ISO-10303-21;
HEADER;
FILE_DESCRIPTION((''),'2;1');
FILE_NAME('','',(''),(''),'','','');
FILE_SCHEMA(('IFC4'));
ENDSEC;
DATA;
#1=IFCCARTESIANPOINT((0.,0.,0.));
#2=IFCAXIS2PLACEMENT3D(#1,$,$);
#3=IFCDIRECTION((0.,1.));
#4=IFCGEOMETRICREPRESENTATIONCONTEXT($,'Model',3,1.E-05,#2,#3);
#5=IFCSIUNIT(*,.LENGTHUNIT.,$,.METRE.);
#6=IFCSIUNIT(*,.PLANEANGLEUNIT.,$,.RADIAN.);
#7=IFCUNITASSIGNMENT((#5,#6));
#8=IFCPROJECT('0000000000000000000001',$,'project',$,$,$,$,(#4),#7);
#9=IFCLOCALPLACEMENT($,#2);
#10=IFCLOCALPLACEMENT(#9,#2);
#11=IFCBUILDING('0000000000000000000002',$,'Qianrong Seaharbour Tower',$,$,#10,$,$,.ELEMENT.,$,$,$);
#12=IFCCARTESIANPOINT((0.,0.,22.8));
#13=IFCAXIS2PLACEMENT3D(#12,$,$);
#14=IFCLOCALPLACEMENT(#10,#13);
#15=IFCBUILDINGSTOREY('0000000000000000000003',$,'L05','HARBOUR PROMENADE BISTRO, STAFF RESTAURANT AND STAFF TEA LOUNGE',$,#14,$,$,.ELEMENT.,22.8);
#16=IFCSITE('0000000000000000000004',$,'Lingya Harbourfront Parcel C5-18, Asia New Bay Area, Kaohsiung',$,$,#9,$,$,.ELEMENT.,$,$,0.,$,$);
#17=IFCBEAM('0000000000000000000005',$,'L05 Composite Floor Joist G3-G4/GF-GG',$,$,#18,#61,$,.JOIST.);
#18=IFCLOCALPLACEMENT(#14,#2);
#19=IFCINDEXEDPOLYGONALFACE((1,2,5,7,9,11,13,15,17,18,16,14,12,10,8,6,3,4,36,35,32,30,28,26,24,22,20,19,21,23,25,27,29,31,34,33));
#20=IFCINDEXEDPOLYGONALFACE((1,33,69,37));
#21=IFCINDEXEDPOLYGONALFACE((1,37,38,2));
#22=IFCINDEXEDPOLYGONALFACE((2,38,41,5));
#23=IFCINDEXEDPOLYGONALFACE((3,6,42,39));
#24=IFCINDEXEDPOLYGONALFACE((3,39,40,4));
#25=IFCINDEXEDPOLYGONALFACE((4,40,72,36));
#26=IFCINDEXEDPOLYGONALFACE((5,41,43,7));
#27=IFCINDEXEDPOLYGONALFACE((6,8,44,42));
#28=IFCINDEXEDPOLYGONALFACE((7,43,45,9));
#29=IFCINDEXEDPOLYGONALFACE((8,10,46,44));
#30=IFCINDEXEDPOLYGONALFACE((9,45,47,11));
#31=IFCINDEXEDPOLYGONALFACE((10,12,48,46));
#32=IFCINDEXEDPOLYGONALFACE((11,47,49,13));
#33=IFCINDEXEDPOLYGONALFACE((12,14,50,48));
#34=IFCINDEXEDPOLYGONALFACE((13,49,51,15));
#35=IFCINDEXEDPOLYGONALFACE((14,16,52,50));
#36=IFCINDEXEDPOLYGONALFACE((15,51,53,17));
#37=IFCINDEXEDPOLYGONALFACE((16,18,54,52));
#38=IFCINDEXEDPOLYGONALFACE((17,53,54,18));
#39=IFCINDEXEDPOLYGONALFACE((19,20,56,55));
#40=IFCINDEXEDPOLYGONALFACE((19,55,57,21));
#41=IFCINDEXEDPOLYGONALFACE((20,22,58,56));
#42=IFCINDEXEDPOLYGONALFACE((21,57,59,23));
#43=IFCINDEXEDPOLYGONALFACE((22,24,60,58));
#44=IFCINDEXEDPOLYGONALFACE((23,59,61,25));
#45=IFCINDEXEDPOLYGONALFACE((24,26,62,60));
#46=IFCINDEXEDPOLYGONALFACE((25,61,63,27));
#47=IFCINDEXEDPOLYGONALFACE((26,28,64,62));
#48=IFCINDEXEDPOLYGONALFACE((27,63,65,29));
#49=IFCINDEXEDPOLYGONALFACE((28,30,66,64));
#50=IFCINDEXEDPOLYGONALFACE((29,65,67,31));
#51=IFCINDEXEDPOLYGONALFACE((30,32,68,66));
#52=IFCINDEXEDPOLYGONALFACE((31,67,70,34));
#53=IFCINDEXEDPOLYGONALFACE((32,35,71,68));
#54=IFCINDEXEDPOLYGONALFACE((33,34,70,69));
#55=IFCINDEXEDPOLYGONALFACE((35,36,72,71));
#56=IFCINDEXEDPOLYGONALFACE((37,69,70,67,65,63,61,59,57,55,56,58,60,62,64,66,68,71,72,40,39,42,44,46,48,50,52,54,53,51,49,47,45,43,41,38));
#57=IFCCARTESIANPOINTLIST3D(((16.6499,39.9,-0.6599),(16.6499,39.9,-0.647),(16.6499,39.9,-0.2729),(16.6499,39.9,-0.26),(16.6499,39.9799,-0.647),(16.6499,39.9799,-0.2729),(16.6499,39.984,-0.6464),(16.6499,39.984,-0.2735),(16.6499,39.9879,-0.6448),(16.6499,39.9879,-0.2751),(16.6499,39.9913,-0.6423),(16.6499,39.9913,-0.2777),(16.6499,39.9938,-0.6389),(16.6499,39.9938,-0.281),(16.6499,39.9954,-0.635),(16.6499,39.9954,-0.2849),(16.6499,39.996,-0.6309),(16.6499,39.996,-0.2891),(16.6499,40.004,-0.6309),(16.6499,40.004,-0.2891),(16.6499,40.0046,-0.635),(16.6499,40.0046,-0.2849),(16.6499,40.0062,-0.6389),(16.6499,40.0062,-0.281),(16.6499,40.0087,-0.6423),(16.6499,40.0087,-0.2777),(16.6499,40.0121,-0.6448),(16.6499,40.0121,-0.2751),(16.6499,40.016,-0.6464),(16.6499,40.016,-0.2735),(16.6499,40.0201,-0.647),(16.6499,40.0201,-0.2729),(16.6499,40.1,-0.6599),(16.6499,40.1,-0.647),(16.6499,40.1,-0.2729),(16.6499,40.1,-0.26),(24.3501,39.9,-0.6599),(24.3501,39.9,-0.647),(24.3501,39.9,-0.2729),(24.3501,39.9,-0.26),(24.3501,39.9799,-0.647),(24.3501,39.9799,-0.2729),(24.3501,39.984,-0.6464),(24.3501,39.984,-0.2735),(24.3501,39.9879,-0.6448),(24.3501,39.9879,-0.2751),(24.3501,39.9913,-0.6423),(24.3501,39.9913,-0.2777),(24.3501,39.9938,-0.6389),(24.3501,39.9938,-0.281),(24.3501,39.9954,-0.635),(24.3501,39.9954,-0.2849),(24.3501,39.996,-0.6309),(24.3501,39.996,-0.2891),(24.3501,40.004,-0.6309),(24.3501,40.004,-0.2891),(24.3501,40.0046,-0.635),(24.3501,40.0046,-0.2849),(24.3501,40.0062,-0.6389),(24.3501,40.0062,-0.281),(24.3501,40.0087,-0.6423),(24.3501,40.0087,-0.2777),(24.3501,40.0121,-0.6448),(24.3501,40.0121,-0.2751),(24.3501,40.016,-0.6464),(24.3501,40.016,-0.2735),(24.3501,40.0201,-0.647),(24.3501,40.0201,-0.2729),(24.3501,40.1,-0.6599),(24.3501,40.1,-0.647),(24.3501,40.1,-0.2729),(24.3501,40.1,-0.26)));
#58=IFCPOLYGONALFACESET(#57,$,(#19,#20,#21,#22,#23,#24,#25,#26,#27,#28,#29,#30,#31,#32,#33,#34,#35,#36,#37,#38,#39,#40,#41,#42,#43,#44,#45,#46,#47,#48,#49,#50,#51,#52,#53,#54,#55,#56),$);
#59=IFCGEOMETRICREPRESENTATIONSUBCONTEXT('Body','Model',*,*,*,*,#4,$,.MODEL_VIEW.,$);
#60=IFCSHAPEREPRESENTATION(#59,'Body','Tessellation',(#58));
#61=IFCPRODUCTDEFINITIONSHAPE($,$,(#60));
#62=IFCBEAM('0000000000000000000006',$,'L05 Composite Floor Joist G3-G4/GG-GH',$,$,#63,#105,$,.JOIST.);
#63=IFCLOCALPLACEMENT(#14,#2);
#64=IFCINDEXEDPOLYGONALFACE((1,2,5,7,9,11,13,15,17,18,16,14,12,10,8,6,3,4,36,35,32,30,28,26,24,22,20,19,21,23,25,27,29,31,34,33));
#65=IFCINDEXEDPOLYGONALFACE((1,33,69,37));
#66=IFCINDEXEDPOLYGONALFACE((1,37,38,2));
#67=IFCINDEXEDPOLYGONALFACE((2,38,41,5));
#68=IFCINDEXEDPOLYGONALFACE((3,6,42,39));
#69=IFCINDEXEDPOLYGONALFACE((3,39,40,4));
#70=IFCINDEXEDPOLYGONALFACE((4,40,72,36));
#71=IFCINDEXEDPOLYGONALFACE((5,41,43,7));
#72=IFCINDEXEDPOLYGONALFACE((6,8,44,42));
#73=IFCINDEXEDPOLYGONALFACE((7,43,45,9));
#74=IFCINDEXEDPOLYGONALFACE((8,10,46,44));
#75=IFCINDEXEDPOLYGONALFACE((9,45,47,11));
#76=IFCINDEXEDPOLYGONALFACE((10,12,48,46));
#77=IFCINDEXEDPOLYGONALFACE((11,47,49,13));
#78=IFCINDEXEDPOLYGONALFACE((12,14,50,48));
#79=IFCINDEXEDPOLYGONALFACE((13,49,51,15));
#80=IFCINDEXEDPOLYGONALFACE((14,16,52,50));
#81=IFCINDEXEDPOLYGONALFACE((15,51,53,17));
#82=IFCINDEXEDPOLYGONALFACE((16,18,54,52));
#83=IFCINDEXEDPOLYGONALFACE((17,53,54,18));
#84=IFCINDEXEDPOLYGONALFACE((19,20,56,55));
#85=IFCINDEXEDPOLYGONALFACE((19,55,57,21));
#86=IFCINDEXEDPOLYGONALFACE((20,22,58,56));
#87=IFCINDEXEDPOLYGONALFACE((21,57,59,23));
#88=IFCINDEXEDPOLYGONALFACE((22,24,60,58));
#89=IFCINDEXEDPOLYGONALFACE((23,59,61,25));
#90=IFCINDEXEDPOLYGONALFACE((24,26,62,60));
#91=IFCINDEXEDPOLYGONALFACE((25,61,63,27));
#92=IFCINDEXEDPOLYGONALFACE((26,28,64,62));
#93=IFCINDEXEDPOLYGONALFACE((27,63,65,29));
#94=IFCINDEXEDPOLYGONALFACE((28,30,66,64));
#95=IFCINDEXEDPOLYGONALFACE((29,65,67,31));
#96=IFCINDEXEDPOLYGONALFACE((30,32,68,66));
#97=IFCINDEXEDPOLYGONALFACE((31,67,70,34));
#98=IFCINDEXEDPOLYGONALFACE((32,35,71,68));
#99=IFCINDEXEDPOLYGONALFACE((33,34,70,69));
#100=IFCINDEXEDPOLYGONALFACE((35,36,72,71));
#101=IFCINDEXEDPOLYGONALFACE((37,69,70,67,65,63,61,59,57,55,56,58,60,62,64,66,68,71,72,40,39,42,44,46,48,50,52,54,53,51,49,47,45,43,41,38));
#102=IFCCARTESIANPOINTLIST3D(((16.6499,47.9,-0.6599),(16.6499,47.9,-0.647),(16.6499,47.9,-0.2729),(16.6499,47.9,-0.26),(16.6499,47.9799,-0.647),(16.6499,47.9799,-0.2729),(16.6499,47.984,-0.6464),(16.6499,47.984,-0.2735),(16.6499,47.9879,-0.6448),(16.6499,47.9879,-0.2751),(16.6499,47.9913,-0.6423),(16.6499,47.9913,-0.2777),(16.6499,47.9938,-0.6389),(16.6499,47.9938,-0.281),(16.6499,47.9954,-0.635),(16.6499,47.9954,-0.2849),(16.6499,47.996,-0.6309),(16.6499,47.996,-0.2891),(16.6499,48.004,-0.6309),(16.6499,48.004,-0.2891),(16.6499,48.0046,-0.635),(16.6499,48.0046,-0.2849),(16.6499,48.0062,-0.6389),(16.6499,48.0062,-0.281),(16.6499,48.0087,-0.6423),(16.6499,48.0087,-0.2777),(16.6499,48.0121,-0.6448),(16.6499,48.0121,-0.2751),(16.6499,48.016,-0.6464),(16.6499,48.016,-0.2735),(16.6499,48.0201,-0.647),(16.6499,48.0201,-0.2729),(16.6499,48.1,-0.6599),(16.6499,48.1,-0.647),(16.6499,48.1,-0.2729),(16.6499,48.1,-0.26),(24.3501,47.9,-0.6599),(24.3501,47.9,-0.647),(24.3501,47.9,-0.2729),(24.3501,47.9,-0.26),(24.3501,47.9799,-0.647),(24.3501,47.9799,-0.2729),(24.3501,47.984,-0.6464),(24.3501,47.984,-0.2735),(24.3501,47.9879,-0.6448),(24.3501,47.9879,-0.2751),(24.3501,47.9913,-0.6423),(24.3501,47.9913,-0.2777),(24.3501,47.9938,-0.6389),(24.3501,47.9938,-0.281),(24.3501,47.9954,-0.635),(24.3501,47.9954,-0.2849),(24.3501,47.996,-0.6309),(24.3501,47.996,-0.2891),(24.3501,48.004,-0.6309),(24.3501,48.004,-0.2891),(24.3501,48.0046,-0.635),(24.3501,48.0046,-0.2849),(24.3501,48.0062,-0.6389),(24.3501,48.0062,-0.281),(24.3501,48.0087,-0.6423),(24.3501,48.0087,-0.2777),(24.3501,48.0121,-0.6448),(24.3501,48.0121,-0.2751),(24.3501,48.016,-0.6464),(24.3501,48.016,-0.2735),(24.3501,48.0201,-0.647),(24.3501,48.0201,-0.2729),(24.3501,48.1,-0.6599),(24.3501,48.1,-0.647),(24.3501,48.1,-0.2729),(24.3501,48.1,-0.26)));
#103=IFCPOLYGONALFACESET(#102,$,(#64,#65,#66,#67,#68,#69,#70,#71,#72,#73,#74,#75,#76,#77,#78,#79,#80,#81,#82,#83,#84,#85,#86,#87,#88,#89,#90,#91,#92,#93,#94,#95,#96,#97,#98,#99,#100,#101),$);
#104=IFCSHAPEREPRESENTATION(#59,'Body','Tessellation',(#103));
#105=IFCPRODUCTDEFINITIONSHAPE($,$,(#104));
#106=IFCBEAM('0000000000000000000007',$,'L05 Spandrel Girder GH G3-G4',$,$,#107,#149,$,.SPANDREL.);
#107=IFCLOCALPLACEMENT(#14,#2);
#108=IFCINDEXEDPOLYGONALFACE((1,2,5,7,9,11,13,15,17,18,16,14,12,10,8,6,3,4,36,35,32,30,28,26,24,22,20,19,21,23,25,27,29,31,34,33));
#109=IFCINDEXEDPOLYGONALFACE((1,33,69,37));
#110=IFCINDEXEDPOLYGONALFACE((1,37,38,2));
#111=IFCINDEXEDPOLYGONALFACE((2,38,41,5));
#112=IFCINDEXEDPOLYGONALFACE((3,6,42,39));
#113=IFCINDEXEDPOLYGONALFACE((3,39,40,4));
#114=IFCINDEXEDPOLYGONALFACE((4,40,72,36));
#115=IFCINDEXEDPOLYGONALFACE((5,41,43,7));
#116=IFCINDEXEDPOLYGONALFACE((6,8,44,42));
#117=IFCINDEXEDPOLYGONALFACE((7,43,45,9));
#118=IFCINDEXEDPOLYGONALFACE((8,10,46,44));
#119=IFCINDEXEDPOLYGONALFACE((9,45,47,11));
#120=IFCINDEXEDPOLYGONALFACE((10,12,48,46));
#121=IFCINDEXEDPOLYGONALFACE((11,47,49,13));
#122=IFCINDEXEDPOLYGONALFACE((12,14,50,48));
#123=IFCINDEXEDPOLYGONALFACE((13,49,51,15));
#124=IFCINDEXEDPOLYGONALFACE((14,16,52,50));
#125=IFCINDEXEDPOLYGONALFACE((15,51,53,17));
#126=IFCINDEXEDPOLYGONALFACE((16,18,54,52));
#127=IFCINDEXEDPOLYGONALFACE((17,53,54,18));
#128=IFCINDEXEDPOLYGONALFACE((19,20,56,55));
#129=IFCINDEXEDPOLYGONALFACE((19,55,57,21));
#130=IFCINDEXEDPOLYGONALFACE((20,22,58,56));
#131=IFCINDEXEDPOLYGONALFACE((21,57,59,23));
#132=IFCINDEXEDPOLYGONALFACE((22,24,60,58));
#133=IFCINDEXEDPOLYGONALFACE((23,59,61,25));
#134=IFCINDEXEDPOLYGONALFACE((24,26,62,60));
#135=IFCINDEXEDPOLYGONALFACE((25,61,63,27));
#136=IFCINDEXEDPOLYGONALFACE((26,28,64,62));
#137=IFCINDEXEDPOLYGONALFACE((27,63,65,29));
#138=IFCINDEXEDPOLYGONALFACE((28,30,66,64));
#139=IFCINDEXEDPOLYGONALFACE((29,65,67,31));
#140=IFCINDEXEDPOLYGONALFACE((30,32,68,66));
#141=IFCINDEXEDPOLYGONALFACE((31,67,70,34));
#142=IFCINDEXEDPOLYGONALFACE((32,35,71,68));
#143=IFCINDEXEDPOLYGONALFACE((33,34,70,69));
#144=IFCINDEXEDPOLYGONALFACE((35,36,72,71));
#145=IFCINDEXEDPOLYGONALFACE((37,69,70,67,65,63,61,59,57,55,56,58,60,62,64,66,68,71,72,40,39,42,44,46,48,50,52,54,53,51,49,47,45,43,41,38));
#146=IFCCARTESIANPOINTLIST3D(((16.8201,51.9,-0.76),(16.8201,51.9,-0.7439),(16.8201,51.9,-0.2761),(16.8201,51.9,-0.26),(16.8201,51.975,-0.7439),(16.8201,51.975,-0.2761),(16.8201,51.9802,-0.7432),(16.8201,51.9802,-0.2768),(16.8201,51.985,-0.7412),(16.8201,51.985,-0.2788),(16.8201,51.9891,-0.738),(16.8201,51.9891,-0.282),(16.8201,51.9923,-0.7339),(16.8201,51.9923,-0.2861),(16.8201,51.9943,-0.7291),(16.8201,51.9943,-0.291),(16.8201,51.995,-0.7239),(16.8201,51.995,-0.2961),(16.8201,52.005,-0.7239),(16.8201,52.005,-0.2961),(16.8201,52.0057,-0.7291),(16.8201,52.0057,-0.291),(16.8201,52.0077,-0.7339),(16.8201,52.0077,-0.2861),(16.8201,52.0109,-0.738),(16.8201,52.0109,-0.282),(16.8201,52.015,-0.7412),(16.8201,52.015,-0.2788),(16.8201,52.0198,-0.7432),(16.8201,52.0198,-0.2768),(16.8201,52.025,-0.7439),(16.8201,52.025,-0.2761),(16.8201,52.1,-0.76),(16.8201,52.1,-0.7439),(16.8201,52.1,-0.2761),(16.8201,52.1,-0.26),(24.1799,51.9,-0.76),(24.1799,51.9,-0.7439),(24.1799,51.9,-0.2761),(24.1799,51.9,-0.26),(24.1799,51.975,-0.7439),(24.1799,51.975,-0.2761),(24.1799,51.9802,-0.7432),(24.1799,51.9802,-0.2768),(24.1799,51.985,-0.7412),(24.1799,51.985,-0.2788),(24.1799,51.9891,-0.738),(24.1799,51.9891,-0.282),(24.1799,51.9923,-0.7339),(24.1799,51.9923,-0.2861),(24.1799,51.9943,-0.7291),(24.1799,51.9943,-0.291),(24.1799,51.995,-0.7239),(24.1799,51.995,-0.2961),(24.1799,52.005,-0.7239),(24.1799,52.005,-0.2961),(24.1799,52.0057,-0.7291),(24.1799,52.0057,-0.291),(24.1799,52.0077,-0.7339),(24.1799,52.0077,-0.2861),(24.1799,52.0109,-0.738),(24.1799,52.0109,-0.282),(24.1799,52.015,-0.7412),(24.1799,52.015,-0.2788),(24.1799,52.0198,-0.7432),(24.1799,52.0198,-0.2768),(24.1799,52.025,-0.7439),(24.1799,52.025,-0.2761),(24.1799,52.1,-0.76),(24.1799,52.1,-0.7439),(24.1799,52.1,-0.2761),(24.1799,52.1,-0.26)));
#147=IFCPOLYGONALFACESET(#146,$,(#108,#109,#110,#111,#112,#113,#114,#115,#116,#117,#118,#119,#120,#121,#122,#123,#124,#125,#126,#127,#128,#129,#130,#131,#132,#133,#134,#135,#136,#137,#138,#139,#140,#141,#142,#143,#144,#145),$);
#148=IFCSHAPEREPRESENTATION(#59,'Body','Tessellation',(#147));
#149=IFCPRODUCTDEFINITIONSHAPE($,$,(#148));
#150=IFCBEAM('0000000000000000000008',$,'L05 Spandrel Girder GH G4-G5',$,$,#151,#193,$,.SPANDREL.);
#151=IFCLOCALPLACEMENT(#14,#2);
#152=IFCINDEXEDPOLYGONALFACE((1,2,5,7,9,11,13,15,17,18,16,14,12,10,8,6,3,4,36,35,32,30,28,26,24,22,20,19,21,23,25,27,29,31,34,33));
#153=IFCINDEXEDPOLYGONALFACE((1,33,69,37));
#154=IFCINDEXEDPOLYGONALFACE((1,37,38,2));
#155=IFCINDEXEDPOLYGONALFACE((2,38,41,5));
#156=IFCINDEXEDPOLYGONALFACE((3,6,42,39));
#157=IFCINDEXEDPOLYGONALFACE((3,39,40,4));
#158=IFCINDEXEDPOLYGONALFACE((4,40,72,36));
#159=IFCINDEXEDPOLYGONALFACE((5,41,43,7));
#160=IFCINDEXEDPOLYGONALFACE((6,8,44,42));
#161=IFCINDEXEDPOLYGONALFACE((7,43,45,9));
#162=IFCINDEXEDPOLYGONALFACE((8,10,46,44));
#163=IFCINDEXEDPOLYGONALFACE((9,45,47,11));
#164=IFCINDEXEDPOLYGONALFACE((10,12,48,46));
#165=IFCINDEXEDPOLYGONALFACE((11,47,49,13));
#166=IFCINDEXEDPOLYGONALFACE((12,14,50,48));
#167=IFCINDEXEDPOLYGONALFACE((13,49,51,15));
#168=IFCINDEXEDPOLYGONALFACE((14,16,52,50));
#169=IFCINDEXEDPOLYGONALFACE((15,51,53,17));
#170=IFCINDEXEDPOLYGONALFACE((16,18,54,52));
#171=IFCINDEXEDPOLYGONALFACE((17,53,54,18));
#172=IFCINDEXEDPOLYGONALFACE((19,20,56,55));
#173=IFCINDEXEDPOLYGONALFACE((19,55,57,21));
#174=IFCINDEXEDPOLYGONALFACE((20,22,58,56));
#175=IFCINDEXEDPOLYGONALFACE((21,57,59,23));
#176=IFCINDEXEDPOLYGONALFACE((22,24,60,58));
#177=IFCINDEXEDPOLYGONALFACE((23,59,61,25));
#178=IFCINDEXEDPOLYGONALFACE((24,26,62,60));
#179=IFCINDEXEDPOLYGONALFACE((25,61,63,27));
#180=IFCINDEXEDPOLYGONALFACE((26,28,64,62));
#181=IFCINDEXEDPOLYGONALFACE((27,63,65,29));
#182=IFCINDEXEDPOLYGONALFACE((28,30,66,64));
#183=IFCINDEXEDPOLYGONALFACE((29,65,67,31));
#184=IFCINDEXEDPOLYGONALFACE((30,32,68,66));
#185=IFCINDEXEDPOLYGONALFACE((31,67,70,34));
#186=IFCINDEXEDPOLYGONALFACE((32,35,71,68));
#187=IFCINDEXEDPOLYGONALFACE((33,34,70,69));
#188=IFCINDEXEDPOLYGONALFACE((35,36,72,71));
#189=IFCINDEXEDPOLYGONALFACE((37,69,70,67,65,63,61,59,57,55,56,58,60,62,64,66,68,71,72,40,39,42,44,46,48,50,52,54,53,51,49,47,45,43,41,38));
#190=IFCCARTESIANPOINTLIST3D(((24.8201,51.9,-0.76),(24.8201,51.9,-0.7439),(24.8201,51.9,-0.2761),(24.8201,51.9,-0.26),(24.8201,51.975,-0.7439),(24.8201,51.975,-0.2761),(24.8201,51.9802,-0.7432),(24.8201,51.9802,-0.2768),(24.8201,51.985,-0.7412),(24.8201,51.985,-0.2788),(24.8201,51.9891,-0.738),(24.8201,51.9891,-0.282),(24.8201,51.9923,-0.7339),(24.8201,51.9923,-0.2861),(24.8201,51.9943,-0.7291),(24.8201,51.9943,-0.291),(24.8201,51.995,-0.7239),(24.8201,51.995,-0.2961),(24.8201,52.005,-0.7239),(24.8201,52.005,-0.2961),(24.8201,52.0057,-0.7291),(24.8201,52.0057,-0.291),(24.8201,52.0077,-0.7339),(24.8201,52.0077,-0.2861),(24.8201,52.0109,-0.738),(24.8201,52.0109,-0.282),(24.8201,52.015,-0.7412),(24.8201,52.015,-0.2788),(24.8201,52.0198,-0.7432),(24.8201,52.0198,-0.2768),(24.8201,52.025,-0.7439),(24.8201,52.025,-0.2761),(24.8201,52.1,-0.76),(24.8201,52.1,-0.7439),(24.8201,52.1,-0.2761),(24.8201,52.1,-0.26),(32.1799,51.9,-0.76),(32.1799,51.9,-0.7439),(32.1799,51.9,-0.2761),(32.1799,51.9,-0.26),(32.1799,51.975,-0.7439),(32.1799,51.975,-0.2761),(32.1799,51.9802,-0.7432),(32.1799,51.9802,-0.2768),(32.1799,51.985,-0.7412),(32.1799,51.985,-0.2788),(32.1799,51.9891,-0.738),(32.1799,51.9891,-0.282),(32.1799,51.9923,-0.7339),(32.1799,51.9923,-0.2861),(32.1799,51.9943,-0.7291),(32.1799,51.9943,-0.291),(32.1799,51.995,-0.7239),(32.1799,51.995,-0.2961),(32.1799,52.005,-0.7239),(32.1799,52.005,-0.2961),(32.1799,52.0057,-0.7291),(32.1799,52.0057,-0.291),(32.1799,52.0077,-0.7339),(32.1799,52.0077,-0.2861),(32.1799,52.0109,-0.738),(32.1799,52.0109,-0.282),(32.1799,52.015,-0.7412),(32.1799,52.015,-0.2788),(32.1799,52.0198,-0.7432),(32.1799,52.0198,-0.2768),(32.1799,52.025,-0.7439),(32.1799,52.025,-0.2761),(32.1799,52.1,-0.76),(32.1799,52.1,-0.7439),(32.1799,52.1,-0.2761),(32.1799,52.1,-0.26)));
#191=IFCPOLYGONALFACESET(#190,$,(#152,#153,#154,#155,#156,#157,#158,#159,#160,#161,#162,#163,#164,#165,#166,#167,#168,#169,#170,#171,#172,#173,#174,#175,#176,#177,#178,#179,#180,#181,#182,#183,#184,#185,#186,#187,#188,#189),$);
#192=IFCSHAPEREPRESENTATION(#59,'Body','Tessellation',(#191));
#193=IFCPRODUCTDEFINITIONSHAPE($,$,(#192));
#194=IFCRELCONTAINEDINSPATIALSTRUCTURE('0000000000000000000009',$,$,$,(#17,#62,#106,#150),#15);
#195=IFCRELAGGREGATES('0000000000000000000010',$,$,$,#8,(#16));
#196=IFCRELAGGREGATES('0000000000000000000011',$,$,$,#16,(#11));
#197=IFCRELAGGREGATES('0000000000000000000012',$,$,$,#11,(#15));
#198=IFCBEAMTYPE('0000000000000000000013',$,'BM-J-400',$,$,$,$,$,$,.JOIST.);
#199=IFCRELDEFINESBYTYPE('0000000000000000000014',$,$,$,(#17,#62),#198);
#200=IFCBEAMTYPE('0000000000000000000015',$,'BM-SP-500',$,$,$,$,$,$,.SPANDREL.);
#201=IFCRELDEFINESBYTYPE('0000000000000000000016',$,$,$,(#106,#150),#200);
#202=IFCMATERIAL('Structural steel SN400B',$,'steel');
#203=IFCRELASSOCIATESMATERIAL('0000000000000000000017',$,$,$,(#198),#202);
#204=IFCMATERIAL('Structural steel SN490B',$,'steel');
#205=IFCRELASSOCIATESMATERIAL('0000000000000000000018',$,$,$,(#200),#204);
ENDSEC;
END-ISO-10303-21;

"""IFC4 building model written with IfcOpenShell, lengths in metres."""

from ifc_helpers import new_model, si_unit, direction, frame, origin, origin_2d, place, context, subcontext, project, spatial, i_section, extrude, material, material_profile, profile_set, type_object, element, save


model = new_model("IFC4")

# Units and contexts
model_context = context("Model", 3, precision=1e-05, world=origin(), true_north=direction((0.0, 1.0)))
body_context = subcontext(model_context, "Body", "Model", "MODEL_VIEW")
ifc_project = project(units=[si_unit("LENGTHUNIT", "METRE"), si_unit("PLANEANGLEUNIT", "RADIAN")], contexts=[model_context])

# Site, building, storey
site_placement = place(None, origin())
site = spatial("IfcSite", under=ifc_project, at=site_placement, Name="Lingya Harbourfront Parcel C5-18, Asia New Bay Area, Kaohsiung", CompositionType="ELEMENT", RefElevation=0.0)
building_placement = place(site_placement, origin())
building = spatial("IfcBuilding", under=site, at=building_placement, Name="Qianrong Seaharbour Tower", CompositionType="ELEMENT")
storey_placement = place(building_placement, frame((0.0, 0.0, 22.8)))
storey = spatial("IfcBuildingStorey", under=building, at=storey_placement, Name="L05", Description="HARBOUR PROMENADE BISTRO, STAFF RESTAURANT AND STAFF TEA LOUNGE", CompositionType="ELEMENT", Elevation=22.8)

# Shared definitions
ifc_material_1 = material(Name="Structural steel SN490B", Category="steel")

# Beams
ifc_material_2 = material(Name="Structural steel SN400B", Category="steel")
ifc_material_profile_1 = material_profile(ifc_material_2, i_section(OverallWidth=0.2, OverallDepth=0.3999, WebThickness=0.0081, FlangeThickness=0.0129, FilletRadius=0.0161, at=origin_2d()), Name="H400x200x8x13")
ifc_profile_set_1 = profile_set([ifc_material_profile_1], Name="Structural steel SN400B")
beam_type_1 = type_object("IfcBeamType", Name="BM-J-400", PredefinedType="JOIST", material=ifc_profile_set_1)
for number, where, z_axis, x_axis, name in (
    (1, (16.6499, 40.0, -0.46), (1.0, 0.0, 0.0), (0.0, 1.0, 0.0), "L05 Composite Floor Joist G3-G4/GF-GG"),
    (2, (16.6499, 48.0, -0.46), (1.0, 0.0, 0.0), (0.0, 1.0, 0.0), "L05 Composite Floor Joist G3-G4/GG-GH"),
):
    element("IfcBeam", number, at=place(storey_placement, frame(where, z_axis=z_axis, x_axis=x_axis)), inside=storey, type_object=beam_type_1, Name=name, PredefinedType="JOIST", context=body_context, shape_type="SweptSolid", body=[
        extrude(i_section(OverallWidth=0.2, OverallDepth=0.3999, WebThickness=0.0081, FlangeThickness=0.0129, FilletRadius=0.0161, at=origin_2d()), origin(), (0.0, 0.0, 1.0), 7.7002),
    ])
ifc_material_profile_2 = material_profile(ifc_material_1, i_section(OverallWidth=0.2, OverallDepth=0.5, WebThickness=0.01, FlangeThickness=0.0161, FilletRadius=0.02, at=origin_2d()), Name="H500x200x10x16")
ifc_profile_set_2 = profile_set([ifc_material_profile_2], Name="Structural steel SN490B")
beam_type_2 = type_object("IfcBeamType", Name="BM-SP-500", PredefinedType="SPANDREL", material=ifc_profile_set_2)
for number, where, z_axis, x_axis, name in (
    (3, (16.8201, 52.0, -0.51), (1.0, 0.0, 0.0), (0.0, 1.0, 0.0), "L05 Spandrel Girder GH G3-G4"),
    (4, (24.8201, 52.0, -0.51), (1.0, 0.0, 0.0), (0.0, 1.0, 0.0), "L05 Spandrel Girder GH G4-G5"),
):
    element("IfcBeam", number, at=place(storey_placement, frame(where, z_axis=z_axis, x_axis=x_axis)), inside=storey, type_object=beam_type_2, Name=name, PredefinedType="SPANDREL", context=body_context, shape_type="SweptSolid", body=[
        extrude(i_section(OverallWidth=0.2, OverallDepth=0.5, WebThickness=0.01, FlangeThickness=0.0161, FilletRadius=0.02, at=origin_2d()), origin(), (0.0, 0.0, 1.0), 7.3599),
    ])

save(model, "model.ifc")
